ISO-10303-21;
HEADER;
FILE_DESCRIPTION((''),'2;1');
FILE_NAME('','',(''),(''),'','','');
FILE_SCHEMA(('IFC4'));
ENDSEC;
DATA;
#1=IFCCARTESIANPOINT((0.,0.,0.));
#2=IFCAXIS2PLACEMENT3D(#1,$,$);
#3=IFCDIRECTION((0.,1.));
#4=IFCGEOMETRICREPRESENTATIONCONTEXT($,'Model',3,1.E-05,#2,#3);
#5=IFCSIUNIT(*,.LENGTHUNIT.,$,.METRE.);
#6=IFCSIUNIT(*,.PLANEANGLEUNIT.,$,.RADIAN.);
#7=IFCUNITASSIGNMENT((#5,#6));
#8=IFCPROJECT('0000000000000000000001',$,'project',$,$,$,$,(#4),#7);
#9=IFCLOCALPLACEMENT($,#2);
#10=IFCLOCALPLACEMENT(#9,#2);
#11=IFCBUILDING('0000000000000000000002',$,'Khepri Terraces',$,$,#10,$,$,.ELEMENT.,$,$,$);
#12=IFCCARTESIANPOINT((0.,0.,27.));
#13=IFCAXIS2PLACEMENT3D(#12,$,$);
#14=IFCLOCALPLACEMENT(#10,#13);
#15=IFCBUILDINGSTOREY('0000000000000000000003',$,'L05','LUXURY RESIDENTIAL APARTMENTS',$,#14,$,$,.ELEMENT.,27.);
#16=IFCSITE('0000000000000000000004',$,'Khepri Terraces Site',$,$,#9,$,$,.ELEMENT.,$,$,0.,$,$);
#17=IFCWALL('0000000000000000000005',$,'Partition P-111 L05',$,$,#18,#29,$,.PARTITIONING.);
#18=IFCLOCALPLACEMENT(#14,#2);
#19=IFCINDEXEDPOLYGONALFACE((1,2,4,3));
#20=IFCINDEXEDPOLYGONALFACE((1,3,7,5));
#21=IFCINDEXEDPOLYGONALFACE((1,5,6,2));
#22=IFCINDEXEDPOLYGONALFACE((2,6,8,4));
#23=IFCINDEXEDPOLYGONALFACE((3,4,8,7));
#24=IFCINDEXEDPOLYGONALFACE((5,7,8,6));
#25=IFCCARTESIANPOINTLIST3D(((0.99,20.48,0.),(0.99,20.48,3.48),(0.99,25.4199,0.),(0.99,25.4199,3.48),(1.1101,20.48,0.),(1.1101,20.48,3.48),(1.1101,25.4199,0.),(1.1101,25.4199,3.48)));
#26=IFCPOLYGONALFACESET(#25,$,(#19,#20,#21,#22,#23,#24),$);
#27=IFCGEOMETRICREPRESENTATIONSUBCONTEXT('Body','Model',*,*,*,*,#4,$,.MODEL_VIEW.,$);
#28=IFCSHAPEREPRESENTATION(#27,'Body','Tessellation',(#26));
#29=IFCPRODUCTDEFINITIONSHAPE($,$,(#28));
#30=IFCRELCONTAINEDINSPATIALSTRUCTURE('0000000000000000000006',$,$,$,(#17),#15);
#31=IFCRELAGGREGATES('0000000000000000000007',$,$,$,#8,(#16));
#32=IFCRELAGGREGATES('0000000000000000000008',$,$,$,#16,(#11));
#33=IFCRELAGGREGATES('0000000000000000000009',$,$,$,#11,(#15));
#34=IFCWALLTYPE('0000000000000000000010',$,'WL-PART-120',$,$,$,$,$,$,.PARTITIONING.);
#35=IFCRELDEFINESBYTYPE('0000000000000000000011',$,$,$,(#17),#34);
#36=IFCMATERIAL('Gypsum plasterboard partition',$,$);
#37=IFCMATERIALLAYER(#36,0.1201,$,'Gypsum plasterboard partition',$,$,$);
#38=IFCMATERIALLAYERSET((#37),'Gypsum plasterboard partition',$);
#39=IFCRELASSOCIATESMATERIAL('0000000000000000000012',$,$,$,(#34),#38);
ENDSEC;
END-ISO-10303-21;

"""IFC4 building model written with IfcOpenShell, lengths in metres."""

from ifc_helpers import new_model, si_unit, direction, frame, frame_2d, origin, place, context, subcontext, project, spatial, rectangle, extrude, material, layer, layer_set, type_object, element, save


model = new_model("IFC4")

# Units and contexts
model_context = context("Model", 3, precision=1e-05, world=origin(), true_north=direction((0.0, 1.0)))
body_context = subcontext(model_context, "Body", "Model", "MODEL_VIEW")
ifc_project = project(units=[si_unit("LENGTHUNIT", "METRE"), si_unit("PLANEANGLEUNIT", "RADIAN")], contexts=[model_context])

# Site, building, storey
site_placement = place(None, origin())
site = spatial("IfcSite", under=ifc_project, at=site_placement, Name="Khepri Terraces Site", CompositionType="ELEMENT", RefElevation=0.0)
building_placement = place(site_placement, origin())
building = spatial("IfcBuilding", under=site, at=building_placement, Name="Khepri Terraces", CompositionType="ELEMENT")
storey_placement = place(building_placement, frame((0.0, 0.0, 27.0)))
storey = spatial("IfcBuildingStorey", under=building, at=storey_placement, Name="L05", Description="LUXURY RESIDENTIAL APARTMENTS", CompositionType="ELEMENT", Elevation=27.0)

# Shared definitions
ifc_material_1 = material(Name="Gypsum plasterboard partition")
ifc_layer_1 = layer(ifc_material_1, 0.1201, Name="Gypsum plasterboard partition")
ifc_layer_set_1 = layer_set([ifc_layer_1], Name="Gypsum plasterboard partition")
wall_type_1 = type_object("IfcWallType", Name="WL-PART-120", PredefinedType="PARTITIONING", material=ifc_layer_set_1)

# Wall
wall_1_placement = place(storey_placement, frame((1.05, 20.48, 0.0), z_axis=(0.0, 0.0, 1.0), x_axis=(0.0, 1.0, 0.0)))
element("IfcWall", 1, at=wall_1_placement, inside=storey, type_object=wall_type_1, Name="Partition P-111 L05", PredefinedType="PARTITIONING", context=body_context, shape_type="SweptSolid", body=[
    extrude(rectangle(XDim=4.9399, YDim=0.1201, at=frame_2d((2.47, 0.0))), origin(), (0.0, 0.0, 1.0), 3.48),
])

save(model, "model.ifc")
